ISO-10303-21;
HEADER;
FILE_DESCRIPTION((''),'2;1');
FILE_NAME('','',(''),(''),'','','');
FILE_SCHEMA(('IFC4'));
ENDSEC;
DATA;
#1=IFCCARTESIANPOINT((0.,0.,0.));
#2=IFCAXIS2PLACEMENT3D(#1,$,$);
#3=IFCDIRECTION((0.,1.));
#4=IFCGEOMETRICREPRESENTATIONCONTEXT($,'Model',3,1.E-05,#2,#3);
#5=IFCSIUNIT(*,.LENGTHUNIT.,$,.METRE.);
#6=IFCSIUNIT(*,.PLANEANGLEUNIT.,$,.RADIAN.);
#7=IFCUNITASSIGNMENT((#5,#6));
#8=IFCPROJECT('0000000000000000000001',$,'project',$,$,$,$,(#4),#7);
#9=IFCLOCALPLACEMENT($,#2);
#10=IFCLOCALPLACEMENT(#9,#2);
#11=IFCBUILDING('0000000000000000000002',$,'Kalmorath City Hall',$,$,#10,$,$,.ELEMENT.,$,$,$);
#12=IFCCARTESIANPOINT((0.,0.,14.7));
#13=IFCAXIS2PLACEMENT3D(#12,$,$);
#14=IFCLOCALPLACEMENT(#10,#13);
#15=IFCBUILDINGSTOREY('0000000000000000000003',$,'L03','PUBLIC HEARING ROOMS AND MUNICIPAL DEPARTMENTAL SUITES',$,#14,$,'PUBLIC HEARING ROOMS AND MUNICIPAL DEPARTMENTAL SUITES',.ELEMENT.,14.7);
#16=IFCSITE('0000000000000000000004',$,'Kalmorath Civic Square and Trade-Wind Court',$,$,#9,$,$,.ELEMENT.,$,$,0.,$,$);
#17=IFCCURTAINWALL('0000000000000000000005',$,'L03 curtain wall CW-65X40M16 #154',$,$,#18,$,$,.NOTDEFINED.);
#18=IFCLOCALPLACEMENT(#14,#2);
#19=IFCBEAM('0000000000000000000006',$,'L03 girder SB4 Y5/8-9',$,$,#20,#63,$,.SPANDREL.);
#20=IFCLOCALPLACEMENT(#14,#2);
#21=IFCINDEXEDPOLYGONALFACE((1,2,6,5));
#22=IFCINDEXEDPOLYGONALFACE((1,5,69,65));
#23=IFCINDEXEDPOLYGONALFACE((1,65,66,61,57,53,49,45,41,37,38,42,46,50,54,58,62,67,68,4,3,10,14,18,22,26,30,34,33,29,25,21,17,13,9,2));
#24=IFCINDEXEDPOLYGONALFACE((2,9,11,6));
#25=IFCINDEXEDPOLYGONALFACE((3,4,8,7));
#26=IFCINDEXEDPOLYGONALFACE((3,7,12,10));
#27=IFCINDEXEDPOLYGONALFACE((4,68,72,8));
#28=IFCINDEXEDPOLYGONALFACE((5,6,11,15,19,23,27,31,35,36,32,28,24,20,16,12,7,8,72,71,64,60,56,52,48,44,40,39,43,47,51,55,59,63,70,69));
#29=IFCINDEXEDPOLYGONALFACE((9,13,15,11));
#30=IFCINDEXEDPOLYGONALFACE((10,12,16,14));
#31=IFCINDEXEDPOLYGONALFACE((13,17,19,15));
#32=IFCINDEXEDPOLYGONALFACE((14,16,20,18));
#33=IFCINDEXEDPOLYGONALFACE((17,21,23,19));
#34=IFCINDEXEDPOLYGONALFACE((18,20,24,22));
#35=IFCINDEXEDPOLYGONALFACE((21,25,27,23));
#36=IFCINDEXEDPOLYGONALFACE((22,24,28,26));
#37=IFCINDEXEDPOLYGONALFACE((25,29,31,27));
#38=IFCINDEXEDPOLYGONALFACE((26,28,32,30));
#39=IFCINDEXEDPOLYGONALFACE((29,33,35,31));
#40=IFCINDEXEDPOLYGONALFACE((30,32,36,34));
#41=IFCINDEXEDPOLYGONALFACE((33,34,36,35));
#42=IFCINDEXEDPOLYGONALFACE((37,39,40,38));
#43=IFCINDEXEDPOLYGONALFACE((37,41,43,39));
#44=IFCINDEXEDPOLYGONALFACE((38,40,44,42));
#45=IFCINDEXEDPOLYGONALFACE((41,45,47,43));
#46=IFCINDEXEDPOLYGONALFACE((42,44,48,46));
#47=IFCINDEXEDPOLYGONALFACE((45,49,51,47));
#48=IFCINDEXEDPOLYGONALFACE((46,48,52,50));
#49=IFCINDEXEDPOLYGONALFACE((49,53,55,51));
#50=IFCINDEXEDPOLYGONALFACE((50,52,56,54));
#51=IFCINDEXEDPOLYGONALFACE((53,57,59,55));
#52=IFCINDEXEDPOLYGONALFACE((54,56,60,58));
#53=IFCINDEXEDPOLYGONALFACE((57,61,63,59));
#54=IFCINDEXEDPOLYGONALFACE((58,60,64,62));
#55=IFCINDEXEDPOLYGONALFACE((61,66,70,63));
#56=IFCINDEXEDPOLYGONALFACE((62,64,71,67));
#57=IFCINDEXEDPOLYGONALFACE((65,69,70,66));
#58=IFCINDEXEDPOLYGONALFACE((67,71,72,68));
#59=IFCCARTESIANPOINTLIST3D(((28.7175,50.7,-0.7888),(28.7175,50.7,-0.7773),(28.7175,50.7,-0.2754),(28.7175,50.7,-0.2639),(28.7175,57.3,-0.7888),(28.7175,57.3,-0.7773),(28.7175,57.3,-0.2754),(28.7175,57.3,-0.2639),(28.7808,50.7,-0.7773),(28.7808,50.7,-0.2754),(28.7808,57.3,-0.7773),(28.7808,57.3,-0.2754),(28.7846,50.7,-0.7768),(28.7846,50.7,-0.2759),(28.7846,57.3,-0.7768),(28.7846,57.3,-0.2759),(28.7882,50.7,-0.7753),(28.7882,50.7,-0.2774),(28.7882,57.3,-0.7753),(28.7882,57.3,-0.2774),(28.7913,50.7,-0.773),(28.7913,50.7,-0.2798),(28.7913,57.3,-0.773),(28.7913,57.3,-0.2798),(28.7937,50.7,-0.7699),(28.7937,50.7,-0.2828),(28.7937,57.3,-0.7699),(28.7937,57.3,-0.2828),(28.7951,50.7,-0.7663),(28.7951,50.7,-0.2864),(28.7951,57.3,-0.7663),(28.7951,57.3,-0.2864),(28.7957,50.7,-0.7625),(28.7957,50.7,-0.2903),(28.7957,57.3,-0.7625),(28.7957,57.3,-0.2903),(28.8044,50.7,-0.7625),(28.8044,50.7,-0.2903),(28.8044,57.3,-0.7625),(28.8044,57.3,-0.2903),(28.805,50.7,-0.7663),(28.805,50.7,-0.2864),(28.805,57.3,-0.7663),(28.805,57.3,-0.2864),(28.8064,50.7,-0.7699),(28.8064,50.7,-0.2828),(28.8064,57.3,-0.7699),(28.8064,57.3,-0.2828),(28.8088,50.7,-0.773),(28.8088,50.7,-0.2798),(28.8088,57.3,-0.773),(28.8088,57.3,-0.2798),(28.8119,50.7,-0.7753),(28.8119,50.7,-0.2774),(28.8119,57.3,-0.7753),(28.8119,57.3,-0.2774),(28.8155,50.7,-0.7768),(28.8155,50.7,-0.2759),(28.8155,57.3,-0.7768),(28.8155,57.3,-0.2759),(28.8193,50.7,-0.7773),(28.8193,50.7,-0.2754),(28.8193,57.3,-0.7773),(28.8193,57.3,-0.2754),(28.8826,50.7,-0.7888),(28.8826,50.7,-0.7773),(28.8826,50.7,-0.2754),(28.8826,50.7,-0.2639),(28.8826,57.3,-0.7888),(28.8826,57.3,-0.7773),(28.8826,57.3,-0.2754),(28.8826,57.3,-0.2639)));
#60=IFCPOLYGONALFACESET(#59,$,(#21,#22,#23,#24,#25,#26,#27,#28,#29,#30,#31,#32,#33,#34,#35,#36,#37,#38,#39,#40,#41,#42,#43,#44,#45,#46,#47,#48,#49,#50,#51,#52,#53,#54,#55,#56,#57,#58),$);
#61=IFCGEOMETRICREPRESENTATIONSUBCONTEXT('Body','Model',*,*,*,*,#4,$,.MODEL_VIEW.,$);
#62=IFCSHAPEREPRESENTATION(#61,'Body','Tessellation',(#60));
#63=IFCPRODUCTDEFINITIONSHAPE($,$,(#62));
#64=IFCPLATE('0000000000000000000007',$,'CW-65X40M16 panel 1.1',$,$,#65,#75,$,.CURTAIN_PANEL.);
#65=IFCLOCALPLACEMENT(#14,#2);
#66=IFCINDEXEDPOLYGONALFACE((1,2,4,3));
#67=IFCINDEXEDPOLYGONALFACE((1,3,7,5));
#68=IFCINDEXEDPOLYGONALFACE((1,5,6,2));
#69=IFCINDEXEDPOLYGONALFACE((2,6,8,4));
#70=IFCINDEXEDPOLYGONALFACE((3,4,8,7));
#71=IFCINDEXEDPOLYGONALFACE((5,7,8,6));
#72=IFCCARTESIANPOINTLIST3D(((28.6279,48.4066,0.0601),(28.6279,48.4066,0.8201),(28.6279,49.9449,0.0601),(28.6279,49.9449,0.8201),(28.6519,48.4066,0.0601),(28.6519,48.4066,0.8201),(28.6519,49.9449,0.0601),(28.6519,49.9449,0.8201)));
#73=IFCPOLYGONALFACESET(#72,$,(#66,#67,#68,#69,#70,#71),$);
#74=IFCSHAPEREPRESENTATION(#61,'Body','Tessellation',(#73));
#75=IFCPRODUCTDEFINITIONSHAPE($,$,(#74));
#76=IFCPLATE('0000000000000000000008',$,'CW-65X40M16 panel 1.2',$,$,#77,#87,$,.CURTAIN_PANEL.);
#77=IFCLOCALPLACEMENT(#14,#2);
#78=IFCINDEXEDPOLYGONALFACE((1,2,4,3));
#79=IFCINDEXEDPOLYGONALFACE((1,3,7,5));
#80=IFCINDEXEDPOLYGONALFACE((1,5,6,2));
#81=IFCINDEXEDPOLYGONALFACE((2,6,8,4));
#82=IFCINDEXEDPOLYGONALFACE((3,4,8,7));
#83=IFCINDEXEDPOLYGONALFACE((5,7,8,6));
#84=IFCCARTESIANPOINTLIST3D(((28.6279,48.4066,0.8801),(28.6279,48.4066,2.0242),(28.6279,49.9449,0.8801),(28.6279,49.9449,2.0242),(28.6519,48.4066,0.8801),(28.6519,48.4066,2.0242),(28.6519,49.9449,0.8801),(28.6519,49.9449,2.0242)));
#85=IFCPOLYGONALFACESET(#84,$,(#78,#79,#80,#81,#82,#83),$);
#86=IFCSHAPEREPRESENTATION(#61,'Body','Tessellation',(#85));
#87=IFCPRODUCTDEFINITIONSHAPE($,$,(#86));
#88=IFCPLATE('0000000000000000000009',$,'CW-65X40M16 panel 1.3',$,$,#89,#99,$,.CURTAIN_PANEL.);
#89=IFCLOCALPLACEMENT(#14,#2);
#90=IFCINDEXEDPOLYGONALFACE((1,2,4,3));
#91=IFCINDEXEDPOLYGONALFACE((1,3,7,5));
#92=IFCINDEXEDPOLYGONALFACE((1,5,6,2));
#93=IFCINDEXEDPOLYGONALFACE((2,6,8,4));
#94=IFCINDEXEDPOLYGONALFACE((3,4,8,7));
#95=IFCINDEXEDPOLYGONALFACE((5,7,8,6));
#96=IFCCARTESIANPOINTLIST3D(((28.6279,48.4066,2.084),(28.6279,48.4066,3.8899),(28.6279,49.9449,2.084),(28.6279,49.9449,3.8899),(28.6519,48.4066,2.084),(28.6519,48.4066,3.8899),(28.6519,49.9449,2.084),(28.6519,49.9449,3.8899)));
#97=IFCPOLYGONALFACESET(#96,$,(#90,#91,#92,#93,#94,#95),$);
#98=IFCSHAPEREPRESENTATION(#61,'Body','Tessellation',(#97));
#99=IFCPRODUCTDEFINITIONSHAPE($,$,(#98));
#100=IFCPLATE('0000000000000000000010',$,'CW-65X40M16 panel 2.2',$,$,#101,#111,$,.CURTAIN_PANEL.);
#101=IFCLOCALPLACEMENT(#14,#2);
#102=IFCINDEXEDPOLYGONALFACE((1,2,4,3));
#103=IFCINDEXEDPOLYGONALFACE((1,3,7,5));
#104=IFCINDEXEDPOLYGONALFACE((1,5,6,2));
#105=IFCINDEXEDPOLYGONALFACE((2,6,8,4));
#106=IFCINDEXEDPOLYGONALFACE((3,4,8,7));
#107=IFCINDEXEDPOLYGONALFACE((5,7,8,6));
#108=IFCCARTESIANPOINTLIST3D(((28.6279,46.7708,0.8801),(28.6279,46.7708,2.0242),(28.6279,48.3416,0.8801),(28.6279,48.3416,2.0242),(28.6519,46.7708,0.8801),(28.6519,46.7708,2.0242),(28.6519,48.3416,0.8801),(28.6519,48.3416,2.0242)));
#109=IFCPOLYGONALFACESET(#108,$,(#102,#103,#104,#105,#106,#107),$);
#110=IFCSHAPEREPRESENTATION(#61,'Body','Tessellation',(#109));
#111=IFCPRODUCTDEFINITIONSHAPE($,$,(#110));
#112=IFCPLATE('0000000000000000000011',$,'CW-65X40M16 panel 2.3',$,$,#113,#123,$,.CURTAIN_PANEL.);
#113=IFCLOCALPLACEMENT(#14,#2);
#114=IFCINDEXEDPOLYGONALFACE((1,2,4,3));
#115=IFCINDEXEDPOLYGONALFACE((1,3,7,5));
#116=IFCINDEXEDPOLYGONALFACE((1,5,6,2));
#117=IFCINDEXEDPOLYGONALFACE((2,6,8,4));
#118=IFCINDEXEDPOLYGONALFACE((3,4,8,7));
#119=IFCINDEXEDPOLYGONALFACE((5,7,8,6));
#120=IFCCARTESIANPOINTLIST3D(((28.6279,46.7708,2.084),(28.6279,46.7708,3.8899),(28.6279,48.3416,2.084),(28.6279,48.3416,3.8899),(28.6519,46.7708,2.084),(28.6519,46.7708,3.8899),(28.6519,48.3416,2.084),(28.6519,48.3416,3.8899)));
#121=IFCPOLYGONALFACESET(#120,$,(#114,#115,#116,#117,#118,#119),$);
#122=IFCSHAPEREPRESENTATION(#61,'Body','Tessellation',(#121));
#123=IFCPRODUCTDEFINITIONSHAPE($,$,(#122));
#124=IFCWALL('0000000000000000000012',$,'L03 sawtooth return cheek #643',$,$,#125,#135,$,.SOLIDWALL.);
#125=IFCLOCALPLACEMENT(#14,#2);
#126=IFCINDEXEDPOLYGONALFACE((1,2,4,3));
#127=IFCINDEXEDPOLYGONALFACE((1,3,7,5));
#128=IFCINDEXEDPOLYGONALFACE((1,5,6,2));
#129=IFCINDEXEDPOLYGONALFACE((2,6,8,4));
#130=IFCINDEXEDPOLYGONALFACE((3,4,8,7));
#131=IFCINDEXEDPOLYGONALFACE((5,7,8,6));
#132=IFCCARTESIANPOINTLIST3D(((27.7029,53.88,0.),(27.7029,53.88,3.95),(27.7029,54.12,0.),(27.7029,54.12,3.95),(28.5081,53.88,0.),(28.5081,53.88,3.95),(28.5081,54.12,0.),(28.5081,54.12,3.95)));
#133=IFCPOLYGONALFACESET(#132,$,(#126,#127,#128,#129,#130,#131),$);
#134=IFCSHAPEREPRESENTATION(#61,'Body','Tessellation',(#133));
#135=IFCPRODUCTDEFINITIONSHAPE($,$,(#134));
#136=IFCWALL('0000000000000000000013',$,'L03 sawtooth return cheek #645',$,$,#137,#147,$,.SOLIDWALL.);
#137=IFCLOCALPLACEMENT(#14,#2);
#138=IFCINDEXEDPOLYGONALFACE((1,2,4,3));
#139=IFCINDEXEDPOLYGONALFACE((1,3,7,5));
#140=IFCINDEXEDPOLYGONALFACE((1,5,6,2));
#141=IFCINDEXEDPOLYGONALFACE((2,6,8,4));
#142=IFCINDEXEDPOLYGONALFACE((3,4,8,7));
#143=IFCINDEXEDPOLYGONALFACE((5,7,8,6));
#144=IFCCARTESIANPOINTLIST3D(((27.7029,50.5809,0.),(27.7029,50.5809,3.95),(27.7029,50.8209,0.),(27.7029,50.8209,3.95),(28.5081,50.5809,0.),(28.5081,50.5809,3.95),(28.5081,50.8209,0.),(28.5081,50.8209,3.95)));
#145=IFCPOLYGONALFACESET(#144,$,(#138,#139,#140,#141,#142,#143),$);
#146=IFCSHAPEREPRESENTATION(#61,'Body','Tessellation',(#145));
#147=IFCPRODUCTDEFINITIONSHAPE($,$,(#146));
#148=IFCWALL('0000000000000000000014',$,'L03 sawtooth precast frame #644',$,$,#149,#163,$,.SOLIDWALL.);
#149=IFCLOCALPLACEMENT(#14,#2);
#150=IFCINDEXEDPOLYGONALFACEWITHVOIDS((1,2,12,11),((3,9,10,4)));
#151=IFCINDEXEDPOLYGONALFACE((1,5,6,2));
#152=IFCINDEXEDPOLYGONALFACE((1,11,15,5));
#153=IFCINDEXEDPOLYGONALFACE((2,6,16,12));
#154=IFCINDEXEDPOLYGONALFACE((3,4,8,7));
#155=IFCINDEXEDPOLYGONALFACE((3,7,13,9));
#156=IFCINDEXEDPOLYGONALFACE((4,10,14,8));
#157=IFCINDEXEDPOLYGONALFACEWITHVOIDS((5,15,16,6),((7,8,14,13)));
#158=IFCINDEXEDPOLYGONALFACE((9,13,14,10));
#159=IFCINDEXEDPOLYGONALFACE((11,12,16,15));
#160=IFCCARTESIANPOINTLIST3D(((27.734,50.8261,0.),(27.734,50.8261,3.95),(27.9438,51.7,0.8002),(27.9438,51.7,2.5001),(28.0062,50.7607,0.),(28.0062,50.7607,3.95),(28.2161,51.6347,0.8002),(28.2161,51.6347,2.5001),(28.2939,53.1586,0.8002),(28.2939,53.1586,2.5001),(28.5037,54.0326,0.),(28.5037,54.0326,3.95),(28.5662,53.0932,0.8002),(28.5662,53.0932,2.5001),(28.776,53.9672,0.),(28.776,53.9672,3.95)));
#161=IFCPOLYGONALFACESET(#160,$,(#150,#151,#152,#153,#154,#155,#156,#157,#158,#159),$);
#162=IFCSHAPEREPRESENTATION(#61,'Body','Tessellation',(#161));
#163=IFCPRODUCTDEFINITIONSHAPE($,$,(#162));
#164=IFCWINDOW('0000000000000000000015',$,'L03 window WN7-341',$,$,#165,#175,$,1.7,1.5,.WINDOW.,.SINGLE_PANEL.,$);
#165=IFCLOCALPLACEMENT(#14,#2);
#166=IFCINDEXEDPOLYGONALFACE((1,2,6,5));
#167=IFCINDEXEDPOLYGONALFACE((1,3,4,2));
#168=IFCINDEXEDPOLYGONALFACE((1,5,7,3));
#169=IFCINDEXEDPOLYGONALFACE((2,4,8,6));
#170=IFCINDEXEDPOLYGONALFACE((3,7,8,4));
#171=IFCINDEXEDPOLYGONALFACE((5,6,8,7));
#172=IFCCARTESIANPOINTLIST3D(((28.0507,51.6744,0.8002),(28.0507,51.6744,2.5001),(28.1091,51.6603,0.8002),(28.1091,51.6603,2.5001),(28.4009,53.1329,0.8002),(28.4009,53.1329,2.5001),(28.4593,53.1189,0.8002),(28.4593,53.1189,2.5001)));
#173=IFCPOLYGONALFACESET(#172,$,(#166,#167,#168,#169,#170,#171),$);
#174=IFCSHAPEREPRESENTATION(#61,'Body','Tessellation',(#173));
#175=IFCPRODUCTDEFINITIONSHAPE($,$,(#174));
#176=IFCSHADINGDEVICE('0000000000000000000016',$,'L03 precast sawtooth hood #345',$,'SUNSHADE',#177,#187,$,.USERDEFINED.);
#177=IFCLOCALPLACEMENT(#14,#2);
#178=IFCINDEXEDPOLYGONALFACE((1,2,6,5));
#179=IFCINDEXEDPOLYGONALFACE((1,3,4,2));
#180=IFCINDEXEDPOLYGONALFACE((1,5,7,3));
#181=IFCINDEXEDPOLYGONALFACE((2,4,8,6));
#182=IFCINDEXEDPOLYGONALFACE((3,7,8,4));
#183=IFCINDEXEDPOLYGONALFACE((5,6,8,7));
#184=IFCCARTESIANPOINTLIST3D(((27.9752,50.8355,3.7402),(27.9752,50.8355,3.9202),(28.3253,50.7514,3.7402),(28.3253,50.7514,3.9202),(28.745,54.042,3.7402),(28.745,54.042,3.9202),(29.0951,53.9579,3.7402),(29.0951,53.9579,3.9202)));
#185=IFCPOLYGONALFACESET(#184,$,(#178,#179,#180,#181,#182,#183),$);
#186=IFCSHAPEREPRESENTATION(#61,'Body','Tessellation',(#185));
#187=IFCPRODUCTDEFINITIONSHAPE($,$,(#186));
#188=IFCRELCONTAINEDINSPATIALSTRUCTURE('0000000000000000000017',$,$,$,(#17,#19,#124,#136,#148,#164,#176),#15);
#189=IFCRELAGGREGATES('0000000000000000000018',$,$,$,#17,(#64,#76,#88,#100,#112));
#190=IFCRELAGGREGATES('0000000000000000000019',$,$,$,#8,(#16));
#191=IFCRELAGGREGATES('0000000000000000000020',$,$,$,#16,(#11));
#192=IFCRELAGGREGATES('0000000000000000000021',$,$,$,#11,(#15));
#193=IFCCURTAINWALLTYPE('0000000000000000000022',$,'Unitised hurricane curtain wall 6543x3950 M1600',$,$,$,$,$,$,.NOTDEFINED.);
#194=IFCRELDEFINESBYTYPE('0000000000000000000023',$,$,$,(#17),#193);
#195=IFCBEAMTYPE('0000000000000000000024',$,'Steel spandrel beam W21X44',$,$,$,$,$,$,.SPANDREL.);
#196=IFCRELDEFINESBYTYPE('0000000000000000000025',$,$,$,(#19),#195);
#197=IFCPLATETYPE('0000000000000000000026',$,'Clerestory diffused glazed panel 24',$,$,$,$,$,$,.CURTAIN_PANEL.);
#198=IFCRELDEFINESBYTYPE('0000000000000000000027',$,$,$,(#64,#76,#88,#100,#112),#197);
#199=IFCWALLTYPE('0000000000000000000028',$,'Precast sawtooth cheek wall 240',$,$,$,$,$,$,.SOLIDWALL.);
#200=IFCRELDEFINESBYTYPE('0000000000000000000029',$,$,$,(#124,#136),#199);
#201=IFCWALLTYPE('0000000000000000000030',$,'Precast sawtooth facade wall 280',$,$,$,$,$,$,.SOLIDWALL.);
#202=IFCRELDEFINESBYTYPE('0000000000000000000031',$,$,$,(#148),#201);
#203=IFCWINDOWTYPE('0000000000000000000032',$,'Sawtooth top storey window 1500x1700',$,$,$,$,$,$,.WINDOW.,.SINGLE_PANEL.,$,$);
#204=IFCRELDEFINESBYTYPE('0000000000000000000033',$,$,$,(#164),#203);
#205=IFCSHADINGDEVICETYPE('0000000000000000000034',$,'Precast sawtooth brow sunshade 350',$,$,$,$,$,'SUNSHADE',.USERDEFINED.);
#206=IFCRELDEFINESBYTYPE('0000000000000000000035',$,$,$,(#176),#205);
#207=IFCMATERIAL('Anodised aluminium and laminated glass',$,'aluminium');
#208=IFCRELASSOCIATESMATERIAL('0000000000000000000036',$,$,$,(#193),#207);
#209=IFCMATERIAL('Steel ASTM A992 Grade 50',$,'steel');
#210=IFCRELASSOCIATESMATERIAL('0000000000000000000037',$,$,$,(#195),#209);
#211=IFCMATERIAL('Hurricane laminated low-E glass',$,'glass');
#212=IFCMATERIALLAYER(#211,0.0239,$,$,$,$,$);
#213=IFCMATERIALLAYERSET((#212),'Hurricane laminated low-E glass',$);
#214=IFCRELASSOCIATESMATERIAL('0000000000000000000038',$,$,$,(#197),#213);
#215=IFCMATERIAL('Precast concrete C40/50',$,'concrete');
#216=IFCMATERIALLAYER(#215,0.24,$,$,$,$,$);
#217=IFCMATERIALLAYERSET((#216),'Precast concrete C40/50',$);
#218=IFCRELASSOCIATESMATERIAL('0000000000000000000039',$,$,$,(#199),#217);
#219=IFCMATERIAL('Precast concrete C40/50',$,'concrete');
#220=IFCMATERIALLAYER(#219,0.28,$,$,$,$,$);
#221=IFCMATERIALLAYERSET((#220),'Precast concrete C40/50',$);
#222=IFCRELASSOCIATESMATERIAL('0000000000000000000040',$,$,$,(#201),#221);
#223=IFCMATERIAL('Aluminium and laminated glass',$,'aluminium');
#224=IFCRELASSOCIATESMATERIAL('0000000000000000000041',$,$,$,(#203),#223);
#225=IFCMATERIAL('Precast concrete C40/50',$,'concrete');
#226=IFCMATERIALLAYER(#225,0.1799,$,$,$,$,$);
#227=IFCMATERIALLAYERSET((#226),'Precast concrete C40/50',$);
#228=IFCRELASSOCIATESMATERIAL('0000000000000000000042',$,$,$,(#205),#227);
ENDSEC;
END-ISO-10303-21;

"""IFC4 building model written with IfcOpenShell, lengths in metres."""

from ifc_helpers import new_model, si_unit, direction, frame, frame_2d, origin, origin_2d, place, context, subcontext, project, spatial, rectangle, i_section, extrude, material, layer, layer_set, material_profile, profile_set, type_object, element, fill, aggregate, save


model = new_model("IFC4")

# Units and contexts
model_context = context("Model", 3, precision=1e-05, world=origin(), true_north=direction((0.0, 1.0)))
body_context = subcontext(model_context, "Body", "Model", "MODEL_VIEW")
ifc_project = project(units=[si_unit("LENGTHUNIT", "METRE"), si_unit("PLANEANGLEUNIT", "RADIAN")], contexts=[model_context])

# Site, building, storey
site_placement = place(None, origin())
site = spatial("IfcSite", under=ifc_project, at=site_placement, Name="Kalmorath Civic Square and Trade-Wind Court", CompositionType="ELEMENT", RefElevation=0.0)
building_placement = place(site_placement, origin())
building = spatial("IfcBuilding", under=site, at=building_placement, Name="Kalmorath City Hall", CompositionType="ELEMENT")
storey_placement = place(building_placement, frame((0.0, 0.0, 14.7)))
storey = spatial("IfcBuildingStorey", under=building, at=storey_placement, Name="L03", Description="PUBLIC HEARING ROOMS AND MUNICIPAL DEPARTMENTAL SUITES", LongName="PUBLIC HEARING ROOMS AND MUNICIPAL DEPARTMENTAL SUITES", CompositionType="ELEMENT", Elevation=14.7)

# Curtain wall
ifc_material_1 = material(Name="Anodised aluminium and laminated glass", Category="aluminium")
curtain_wall_type = type_object("IfcCurtainWallType", Name="Unitised hurricane curtain wall 6543x3950 M1600", PredefinedType="NOTDEFINED", material=ifc_material_1)
curtain_wall_placement = place(storey_placement, origin())
curtain_wall = element("IfcCurtainWall", 1, at=curtain_wall_placement, inside=storey, type_object=curtain_wall_type, Name="L03 curtain wall CW-65X40M16 #154", PredefinedType="NOTDEFINED")

# Beam
ifc_material_2 = material(Name="Steel ASTM A992 Grade 50", Category="steel")
ifc_material_profile_1 = material_profile(ifc_material_2, i_section(OverallWidth=0.165, OverallDepth=0.5249, WebThickness=0.0088, FlangeThickness=0.0115, FilletRadius=0.0149, at=origin_2d()), Name="W21X44")
ifc_profile_set_1 = profile_set([ifc_material_profile_1], Name="Steel ASTM A992 Grade 50")
beam_type_1 = type_object("IfcBeamType", Name="Steel spandrel beam W21X44", PredefinedType="SPANDREL", material=ifc_profile_set_1)
beam_1_placement = place(storey_placement, frame((28.8, 50.7, -0.5264), z_axis=(0.0, 1.0, 0.0), x_axis=(-1.0, 0.0, 0.0)))
element("IfcBeam", 2, at=beam_1_placement, inside=storey, type_object=beam_type_1, Name="L03 girder SB4 Y5/8-9", PredefinedType="SPANDREL", context=body_context, shape_type="SweptSolid", body=[
    extrude(i_section(OverallWidth=0.165, OverallDepth=0.5249, WebThickness=0.0088, FlangeThickness=0.0115, FilletRadius=0.0149, at=origin_2d()), origin(), (0.0, 0.0, 1.0), 6.6001),
])

# Plates
ifc_material_3 = material(Name="Hurricane laminated low-E glass", Category="glass")
ifc_layer_1 = layer(ifc_material_3, 0.0239)
ifc_layer_set_1 = layer_set([ifc_layer_1], Name="Hurricane laminated low-E glass")
plate_type = type_object("IfcPlateType", Name="Clerestory diffused glazed panel 24", PredefinedType="CURTAIN_PANEL", material=ifc_layer_set_1)
plate_1_placement = place(storey_placement, frame((28.6399, 49.1758, 0.0601), z_axis=(0.0, 0.0, 1.0), x_axis=(0.0, -1.0, 0.0)))
plate_1 = element("IfcPlate", 3, at=plate_1_placement, type_object=plate_type, Name="CW-65X40M16 panel 1.1", PredefinedType="CURTAIN_PANEL", context=body_context, shape_type="SweptSolid", body=[
    extrude(rectangle(XDim=1.5383, YDim=0.0239, at=origin_2d()), origin(), (0.0, 0.0, 1.0), 0.76),
])
plate_2_placement = place(storey_placement, frame((28.6399, 49.1758, 0.8801), z_axis=(0.0, 0.0, 1.0), x_axis=(0.0, -1.0, 0.0)))
plate_2 = element("IfcPlate", 4, at=plate_2_placement, type_object=plate_type, Name="CW-65X40M16 panel 1.2", PredefinedType="CURTAIN_PANEL", context=body_context, shape_type="SweptSolid", body=[
    extrude(rectangle(XDim=1.5383, YDim=0.0239, at=origin_2d()), origin(), (0.0, 0.0, 1.0), 1.144),
])
plate_3_placement = place(storey_placement, frame((28.6399, 49.1758, 2.084), z_axis=(0.0, 0.0, 1.0), x_axis=(0.0, -1.0, 0.0)))
plate_3 = element("IfcPlate", 5, at=plate_3_placement, type_object=plate_type, Name="CW-65X40M16 panel 1.3", PredefinedType="CURTAIN_PANEL", context=body_context, shape_type="SweptSolid", body=[
    extrude(rectangle(XDim=1.5383, YDim=0.0239, at=origin_2d()), origin(), (0.0, 0.0, 1.0), 1.8059),
])
plate_4_placement = place(storey_placement, frame((28.6399, 47.5562, 0.8801), z_axis=(0.0, 0.0, 1.0), x_axis=(0.0, -1.0, 0.0)))
plate_4 = element("IfcPlate", 6, at=plate_4_placement, type_object=plate_type, Name="CW-65X40M16 panel 2.2", PredefinedType="CURTAIN_PANEL", context=body_context, shape_type="SweptSolid", body=[
    extrude(rectangle(XDim=1.5708, YDim=0.0239, at=origin_2d()), origin(), (0.0, 0.0, 1.0), 1.144),
])
plate_5_placement = place(storey_placement, frame((28.6399, 47.5562, 2.084), z_axis=(0.0, 0.0, 1.0), x_axis=(0.0, -1.0, 0.0)))
plate_5 = element("IfcPlate", 7, at=plate_5_placement, type_object=plate_type, Name="CW-65X40M16 panel 2.3", PredefinedType="CURTAIN_PANEL", context=body_context, shape_type="SweptSolid", body=[
    extrude(rectangle(XDim=1.5708, YDim=0.0239, at=origin_2d()), origin(), (0.0, 0.0, 1.0), 1.8059),
])
aggregate(curtain_wall, [plate_1, plate_2, plate_3, plate_4, plate_5])

# Walls
ifc_material_4 = material(Name="Precast concrete C40/50", Category="concrete")
ifc_layer_2 = layer(ifc_material_4, 0.24)
ifc_layer_set_2 = layer_set([ifc_layer_2], Name="Precast concrete C40/50")
wall_type_1 = type_object("IfcWallType", Name="Precast sawtooth cheek wall 240", PredefinedType="SOLIDWALL", material=ifc_layer_set_2)
for number, where, z_axis, x_axis, name in (
    (8, (27.7029, 54.0, 0.0), (0.0, 0.0, 1.0), (1.0, 0.0, 0.0), "L03 sawtooth return cheek #643"),
    (9, (27.7029, 50.7009, 0.0), (0.0, 0.0, 1.0), (1.0, 0.0, 0.0), "L03 sawtooth return cheek #645"),
):
    element("IfcWall", number, at=place(storey_placement, frame(where, z_axis=z_axis, x_axis=x_axis)), inside=storey, type_object=wall_type_1, Name=name, PredefinedType="SOLIDWALL", context=body_context, shape_type="SweptSolid", body=[
        extrude(rectangle(XDim=0.8052, YDim=0.24, at=frame_2d((0.4026, 0.0))), origin(), (0.0, 0.0, 1.0), 3.95),
    ])

# Wall, opening, window
ifc_material_5 = material(Name="Precast concrete C40/50", Category="concrete")
ifc_layer_3 = layer(ifc_material_5, 0.28)
ifc_layer_set_3 = layer_set([ifc_layer_3], Name="Precast concrete C40/50")
wall_type_2 = type_object("IfcWallType", Name="Precast sawtooth facade wall 280", PredefinedType="SOLIDWALL", material=ifc_layer_set_3)
wall_placement = place(storey_placement, frame((28.6399, 54.0, 0.0), z_axis=(0.0, 0.0, 1.0), x_axis=(-0.233432, -0.972373, 0.0)))
wall = element("IfcWall", 10, at=wall_placement, inside=storey, type_object=wall_type_2, Name="L03 sawtooth precast frame #644", PredefinedType="SOLIDWALL", context=body_context, shape_type="SweptSolid", body=[
    extrude(rectangle(XDim=3.2976, YDim=0.28, at=frame_2d((1.6489, 0.0))), origin(), (0.0, 0.0, 1.0), 3.95),
])
opening_placement = place(wall_placement, frame((0.8989, 0.0, 0.8)))
opening = element("IfcOpeningElement", 11, at=opening_placement, cuts=wall, PredefinedType="OPENING", context=body_context, shape_type="SweptSolid", body=[
    extrude(rectangle(XDim=1.5, YDim=1.7, at=frame_2d((0.75, 0.8501))), frame((0.0, 0.1499, 0.0), z_axis=(0.0, -1.0, 0.0), x_axis=(1.0, 0.0, 0.0)), (0.0, 0.0, 1.0), 0.3),
])
ifc_material_6 = material(Name="Aluminium and laminated glass", Category="aluminium")
window_type = type_object("IfcWindowType", Name="Sawtooth top storey window 1500x1700", PartitioningType="SINGLE_PANEL", PredefinedType="WINDOW", material=ifc_material_6)
window_placement = place(opening_placement, origin())
window = element("IfcWindow", 12, at=window_placement, inside=storey, type_object=window_type, Name="L03 window WN7-341", OverallHeight=1.7, OverallWidth=1.5, PartitioningType="SINGLE_PANEL", PredefinedType="WINDOW", context=body_context, shape_type="SweptSolid", body=[
    extrude(rectangle(XDim=1.5, YDim=1.7, at=frame_2d((0.75, 0.8501))), frame((0.0, 0.03, 0.0), z_axis=(0.0, -1.0, 0.0), x_axis=(1.0, 0.0, 0.0)), (0.0, 0.0, 1.0), 0.0601),
])
fill(opening, window)

# Shading device
ifc_material_7 = material(Name="Precast concrete C40/50", Category="concrete")
ifc_layer_4 = layer(ifc_material_7, 0.1799)
ifc_layer_set_4 = layer_set([ifc_layer_4], Name="Precast concrete C40/50")
shading_device_type = type_object("IfcShadingDeviceType", Name="Precast sawtooth brow sunshade 350", ElementType="SUNSHADE", PredefinedType="USERDEFINED", material=ifc_layer_set_4)
shading_device_placement = place(storey_placement, frame((28.5352, 52.3967, 3.7402), z_axis=(0.0, 0.0, 1.0), x_axis=(-0.233445, -0.97237, 0.0)))
element("IfcShadingDevice", 13, at=shading_device_placement, inside=storey, type_object=shading_device_type, Name="L03 precast sawtooth hood #345", ObjectType="SUNSHADE", PredefinedType="USERDEFINED", context=body_context, shape_type="SweptSolid", body=[
    extrude(rectangle(XDim=3.2976, YDim=0.3601, at=origin_2d()), origin(), (0.0, 0.0, 1.0), 0.1799),
])

save(model, "model.ifc")
